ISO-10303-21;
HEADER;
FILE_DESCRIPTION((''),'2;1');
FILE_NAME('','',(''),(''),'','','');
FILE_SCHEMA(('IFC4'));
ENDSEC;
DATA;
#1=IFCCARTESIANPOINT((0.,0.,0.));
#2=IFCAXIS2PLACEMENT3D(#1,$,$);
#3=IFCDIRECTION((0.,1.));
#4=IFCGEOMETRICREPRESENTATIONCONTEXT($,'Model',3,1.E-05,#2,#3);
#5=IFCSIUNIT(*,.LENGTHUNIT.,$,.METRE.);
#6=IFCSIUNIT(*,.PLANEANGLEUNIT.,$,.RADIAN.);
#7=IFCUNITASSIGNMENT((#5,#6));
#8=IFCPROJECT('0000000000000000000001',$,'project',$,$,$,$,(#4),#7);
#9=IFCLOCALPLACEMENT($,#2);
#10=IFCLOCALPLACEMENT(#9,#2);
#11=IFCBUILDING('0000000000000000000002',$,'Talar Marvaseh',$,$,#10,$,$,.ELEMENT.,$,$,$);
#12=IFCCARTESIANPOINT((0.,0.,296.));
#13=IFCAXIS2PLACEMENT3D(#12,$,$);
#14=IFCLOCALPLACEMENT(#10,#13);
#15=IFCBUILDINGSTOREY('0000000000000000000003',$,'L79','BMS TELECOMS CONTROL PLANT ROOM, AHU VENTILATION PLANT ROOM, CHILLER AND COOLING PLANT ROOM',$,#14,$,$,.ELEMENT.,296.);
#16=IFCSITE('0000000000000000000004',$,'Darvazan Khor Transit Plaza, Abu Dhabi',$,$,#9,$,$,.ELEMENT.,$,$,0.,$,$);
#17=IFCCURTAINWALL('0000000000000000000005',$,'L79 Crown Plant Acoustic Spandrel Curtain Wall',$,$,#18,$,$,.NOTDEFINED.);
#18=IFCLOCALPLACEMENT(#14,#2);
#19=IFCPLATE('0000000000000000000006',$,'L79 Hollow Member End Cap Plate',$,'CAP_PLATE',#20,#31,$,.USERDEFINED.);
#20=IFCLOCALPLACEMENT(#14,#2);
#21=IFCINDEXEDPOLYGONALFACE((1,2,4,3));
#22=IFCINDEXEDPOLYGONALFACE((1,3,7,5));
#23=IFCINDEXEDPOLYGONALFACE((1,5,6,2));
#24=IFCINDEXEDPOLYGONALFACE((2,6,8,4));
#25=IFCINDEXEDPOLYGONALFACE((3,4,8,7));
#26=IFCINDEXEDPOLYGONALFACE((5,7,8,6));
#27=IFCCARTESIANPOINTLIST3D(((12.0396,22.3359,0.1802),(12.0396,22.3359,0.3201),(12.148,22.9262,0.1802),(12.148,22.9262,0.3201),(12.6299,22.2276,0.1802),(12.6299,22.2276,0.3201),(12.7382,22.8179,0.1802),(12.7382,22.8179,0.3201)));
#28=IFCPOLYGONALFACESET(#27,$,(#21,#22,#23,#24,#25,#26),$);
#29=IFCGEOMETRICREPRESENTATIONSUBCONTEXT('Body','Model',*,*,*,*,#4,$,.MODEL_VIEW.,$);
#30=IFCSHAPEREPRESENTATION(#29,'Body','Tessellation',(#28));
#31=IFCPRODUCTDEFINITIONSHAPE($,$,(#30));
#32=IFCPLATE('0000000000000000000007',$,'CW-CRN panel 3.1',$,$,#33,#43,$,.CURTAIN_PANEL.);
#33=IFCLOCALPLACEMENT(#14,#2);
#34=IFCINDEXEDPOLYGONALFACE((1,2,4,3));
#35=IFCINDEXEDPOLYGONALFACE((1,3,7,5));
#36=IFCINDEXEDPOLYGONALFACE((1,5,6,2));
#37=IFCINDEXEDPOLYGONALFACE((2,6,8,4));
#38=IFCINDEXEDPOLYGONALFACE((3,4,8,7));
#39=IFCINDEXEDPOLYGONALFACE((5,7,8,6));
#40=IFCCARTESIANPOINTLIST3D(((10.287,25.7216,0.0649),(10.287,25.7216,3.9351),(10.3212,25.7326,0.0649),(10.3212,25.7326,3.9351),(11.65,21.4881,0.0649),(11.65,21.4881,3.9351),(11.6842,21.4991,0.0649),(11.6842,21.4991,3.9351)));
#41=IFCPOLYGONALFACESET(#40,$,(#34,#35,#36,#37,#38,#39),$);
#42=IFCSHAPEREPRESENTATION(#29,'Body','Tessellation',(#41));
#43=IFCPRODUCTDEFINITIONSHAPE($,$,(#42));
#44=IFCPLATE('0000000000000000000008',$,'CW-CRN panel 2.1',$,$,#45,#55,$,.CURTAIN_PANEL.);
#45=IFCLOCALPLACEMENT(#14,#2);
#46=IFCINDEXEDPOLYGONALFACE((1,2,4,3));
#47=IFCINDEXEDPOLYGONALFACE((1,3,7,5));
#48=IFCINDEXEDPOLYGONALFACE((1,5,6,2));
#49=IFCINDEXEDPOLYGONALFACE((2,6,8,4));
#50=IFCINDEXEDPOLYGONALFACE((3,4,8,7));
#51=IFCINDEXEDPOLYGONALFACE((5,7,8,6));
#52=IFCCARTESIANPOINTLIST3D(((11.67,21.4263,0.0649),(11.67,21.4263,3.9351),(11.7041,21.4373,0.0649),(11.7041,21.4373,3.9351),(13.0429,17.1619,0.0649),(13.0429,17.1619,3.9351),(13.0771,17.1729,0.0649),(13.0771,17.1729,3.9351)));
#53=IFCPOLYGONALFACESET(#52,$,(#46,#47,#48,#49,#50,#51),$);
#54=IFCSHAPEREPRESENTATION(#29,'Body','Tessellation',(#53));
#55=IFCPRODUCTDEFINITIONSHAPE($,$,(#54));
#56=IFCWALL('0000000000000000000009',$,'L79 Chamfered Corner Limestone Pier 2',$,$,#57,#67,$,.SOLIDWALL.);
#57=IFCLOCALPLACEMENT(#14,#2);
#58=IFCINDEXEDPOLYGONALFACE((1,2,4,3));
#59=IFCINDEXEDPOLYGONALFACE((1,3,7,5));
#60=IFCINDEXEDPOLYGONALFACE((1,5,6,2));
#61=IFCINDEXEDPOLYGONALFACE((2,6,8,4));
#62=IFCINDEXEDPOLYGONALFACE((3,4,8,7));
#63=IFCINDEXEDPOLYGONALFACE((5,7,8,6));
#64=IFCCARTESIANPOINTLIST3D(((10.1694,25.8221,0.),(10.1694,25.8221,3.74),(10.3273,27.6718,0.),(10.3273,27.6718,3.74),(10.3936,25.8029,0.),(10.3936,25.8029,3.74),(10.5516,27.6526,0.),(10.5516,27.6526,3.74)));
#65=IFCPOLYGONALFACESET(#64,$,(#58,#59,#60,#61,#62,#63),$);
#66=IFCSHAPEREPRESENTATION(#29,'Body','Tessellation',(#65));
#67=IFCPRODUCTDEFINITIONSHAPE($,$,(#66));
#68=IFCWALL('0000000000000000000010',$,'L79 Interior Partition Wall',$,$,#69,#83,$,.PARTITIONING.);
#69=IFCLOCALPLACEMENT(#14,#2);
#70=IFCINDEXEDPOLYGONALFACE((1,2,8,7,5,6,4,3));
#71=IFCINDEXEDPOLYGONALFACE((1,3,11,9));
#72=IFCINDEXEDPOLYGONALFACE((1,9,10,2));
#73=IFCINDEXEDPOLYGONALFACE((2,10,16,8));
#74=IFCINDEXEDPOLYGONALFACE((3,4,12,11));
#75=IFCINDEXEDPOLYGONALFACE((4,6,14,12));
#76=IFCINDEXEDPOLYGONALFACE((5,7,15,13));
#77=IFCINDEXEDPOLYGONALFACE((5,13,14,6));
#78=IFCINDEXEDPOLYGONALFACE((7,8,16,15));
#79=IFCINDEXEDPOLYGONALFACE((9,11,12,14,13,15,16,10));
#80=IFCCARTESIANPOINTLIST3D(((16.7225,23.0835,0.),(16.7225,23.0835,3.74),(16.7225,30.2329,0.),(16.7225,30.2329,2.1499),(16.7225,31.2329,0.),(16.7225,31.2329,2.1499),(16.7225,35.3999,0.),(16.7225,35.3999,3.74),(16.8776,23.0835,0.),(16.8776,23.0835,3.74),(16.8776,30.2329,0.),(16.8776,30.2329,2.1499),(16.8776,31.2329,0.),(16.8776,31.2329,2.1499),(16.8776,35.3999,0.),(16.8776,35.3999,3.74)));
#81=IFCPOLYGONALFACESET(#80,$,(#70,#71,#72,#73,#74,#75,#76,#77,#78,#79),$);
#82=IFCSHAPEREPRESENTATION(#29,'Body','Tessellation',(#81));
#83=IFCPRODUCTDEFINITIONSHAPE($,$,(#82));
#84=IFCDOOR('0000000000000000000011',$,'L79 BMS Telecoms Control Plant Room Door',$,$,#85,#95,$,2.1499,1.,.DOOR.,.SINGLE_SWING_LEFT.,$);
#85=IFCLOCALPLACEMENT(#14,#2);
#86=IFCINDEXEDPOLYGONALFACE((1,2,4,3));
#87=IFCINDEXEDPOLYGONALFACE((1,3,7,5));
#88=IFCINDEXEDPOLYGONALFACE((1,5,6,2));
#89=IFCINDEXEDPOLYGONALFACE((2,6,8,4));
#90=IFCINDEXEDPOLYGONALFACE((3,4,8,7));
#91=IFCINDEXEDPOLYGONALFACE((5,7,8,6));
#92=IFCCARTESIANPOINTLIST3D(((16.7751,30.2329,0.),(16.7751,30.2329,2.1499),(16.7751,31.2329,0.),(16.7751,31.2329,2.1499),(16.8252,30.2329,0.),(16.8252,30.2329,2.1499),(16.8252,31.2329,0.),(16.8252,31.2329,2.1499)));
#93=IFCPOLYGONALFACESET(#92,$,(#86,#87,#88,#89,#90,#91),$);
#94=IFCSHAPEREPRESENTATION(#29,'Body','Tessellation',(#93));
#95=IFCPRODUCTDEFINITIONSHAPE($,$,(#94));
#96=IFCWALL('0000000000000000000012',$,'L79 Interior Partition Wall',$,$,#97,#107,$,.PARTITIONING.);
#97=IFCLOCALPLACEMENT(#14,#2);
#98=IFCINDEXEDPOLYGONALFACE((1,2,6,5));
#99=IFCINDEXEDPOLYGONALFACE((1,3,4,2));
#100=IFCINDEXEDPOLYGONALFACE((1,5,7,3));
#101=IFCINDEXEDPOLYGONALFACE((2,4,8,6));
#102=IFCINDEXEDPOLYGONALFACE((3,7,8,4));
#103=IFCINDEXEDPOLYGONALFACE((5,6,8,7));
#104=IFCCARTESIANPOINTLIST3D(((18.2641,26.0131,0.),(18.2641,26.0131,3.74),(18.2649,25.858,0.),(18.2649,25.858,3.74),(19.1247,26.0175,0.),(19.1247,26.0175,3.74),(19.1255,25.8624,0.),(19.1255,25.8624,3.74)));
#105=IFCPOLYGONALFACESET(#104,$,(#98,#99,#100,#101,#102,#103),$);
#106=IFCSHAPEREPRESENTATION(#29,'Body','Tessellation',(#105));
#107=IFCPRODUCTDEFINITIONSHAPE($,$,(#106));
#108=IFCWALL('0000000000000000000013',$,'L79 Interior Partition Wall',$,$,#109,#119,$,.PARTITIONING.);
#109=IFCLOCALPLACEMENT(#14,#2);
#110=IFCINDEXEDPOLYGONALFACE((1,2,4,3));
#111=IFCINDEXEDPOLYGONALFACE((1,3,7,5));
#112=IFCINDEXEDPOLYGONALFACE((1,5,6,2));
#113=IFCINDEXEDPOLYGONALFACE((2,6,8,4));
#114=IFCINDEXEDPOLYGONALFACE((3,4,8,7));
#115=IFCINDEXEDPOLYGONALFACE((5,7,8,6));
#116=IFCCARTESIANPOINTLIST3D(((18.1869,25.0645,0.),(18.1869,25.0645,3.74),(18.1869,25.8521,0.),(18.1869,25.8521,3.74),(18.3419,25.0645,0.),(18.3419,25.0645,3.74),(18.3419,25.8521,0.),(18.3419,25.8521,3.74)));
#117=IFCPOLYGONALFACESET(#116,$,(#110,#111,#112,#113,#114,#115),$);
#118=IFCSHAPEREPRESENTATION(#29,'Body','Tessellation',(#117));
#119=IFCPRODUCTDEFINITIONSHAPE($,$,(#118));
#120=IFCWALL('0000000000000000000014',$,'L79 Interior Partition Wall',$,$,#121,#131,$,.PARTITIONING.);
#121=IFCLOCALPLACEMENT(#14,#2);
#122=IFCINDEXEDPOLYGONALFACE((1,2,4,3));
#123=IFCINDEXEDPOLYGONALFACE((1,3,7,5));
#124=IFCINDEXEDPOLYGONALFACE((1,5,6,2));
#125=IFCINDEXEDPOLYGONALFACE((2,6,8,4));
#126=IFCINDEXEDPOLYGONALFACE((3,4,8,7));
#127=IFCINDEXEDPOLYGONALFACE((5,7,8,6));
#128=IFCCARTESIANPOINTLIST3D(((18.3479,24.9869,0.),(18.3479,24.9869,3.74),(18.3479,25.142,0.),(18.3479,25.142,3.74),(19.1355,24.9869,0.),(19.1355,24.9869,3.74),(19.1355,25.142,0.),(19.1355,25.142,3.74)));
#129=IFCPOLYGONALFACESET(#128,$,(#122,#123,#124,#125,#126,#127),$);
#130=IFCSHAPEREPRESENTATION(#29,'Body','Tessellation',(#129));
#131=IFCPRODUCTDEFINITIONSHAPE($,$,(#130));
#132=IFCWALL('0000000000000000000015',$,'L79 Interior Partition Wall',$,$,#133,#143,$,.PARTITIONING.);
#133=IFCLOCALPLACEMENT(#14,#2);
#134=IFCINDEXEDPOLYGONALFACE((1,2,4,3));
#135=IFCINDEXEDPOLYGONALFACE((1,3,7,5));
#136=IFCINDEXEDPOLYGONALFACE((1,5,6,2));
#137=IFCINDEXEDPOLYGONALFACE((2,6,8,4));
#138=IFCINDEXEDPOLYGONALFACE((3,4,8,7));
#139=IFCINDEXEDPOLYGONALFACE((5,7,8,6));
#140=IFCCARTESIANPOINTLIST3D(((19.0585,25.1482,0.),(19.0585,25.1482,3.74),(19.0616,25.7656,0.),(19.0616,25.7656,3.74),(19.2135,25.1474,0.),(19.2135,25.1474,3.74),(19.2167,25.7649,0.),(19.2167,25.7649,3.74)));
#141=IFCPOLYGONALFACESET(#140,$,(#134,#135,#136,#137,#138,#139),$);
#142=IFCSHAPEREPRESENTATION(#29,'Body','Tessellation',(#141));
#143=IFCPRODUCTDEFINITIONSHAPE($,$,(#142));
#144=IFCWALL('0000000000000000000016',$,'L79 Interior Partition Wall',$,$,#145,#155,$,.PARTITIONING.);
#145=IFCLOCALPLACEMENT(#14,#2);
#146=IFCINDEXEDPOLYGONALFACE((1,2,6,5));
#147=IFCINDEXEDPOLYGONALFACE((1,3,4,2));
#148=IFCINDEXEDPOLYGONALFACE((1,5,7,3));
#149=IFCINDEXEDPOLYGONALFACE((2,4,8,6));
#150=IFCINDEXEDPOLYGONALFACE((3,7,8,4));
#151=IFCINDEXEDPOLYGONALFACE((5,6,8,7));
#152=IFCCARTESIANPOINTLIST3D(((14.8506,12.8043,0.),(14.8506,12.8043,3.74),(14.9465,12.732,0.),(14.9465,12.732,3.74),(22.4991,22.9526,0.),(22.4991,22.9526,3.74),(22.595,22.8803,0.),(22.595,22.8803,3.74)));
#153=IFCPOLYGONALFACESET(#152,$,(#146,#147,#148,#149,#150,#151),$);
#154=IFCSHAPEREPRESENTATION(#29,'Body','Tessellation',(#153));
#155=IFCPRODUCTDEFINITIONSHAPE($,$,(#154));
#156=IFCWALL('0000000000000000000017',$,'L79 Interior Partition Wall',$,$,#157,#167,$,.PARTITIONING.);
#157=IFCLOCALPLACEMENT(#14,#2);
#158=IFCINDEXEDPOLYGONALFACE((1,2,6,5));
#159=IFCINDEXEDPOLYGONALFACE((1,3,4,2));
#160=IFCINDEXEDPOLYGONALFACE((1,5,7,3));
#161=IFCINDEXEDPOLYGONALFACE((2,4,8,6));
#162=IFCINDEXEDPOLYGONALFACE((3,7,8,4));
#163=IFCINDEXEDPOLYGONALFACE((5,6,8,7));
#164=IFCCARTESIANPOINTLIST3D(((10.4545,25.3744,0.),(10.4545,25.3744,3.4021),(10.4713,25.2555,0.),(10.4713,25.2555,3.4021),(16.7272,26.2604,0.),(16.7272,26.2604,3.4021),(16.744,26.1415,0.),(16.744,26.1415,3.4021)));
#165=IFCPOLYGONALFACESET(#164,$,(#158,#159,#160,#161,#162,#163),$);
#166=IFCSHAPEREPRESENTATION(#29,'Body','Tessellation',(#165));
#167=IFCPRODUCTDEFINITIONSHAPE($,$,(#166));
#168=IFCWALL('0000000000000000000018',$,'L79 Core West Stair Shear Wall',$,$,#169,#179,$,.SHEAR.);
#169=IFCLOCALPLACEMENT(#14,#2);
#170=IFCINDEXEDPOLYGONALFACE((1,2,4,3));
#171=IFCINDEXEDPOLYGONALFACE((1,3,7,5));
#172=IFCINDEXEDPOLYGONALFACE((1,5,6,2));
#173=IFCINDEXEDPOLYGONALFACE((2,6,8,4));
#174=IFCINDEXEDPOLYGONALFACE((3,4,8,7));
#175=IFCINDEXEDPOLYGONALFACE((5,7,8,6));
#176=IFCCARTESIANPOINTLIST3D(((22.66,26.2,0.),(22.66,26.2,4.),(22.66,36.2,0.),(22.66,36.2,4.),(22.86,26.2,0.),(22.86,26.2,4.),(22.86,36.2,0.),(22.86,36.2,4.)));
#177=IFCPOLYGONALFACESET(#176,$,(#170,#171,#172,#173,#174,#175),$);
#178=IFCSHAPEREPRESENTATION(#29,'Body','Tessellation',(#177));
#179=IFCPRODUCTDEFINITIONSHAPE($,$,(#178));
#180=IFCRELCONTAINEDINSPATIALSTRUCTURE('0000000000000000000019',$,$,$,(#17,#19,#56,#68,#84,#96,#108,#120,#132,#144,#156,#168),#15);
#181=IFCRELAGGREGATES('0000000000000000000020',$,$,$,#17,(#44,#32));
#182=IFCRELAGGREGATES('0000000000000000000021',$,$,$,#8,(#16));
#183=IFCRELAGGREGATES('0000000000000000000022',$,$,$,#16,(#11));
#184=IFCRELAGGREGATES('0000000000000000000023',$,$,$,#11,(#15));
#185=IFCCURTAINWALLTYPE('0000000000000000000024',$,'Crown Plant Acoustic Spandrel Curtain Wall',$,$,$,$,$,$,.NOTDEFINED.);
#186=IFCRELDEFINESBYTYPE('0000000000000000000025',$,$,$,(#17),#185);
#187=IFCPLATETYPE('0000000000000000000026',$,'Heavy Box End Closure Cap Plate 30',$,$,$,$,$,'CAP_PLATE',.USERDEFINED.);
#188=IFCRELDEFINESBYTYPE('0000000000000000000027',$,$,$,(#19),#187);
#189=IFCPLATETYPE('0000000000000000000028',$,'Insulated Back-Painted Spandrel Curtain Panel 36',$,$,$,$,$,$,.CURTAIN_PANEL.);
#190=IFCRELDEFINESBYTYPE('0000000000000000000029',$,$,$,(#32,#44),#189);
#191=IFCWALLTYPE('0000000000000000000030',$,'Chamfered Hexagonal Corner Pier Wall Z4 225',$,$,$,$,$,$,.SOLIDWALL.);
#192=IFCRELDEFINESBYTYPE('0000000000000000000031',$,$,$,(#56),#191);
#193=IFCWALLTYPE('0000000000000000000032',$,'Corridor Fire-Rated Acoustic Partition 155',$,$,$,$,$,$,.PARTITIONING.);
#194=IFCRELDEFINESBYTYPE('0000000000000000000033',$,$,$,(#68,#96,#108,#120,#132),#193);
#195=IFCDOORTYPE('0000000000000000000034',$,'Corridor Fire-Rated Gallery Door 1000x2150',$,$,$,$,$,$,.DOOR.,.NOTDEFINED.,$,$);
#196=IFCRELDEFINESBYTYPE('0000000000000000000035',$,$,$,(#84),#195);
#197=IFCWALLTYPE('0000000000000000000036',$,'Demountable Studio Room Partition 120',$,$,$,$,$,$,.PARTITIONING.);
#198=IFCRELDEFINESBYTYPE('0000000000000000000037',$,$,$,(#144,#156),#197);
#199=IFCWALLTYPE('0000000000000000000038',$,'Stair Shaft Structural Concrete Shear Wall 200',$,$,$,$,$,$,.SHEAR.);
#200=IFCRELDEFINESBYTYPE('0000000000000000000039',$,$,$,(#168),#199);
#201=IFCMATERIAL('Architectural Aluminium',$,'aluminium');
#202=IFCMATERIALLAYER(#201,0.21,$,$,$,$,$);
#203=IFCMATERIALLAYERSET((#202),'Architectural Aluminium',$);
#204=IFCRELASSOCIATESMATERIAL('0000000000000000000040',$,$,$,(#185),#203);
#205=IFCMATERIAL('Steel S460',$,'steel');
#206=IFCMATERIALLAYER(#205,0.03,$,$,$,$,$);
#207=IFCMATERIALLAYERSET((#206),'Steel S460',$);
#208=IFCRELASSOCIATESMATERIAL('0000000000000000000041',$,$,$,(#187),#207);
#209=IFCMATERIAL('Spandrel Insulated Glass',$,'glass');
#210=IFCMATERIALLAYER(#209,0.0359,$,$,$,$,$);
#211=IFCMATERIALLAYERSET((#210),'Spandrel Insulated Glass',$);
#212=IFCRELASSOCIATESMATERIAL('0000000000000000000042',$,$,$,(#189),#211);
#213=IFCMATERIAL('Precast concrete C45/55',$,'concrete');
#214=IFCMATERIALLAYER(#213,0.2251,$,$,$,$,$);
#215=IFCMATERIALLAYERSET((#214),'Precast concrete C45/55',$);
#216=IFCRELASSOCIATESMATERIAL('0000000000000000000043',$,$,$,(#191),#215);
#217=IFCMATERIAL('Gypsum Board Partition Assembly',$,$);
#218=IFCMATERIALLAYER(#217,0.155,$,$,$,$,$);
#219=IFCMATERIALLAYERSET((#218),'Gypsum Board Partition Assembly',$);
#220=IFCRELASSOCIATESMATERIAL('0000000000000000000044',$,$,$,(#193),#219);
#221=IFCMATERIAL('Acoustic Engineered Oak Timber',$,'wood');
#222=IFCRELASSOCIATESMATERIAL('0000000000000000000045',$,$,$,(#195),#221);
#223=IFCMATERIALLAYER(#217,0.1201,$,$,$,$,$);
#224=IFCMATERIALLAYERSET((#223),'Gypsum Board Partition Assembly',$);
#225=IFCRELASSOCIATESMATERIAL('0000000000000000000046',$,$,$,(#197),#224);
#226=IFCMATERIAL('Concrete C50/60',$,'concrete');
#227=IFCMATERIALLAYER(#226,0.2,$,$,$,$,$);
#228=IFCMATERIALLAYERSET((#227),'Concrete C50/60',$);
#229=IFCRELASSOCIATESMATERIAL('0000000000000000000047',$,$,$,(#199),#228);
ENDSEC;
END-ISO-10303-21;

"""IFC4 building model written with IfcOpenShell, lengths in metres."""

from ifc_helpers import new_model, si_unit, direction, frame, frame_2d, origin, origin_2d, place, context, subcontext, project, spatial, rectangle, extrude, source, transform, mapped, material, layer, layer_set, type_object, type_shapes, element, fill, aggregate, save


model = new_model("IFC4")

# Units and contexts
model_context = context("Model", 3, precision=1e-05, world=origin(), true_north=direction((0.0, 1.0)))
body_context = subcontext(model_context, "Body", "Model", "MODEL_VIEW")
ifc_project = project(units=[si_unit("LENGTHUNIT", "METRE"), si_unit("PLANEANGLEUNIT", "RADIAN")], contexts=[model_context])

# Site, building, storey
site_placement = place(None, origin())
site = spatial("IfcSite", under=ifc_project, at=site_placement, Name="Darvazan Khor Transit Plaza, Abu Dhabi", CompositionType="ELEMENT", RefElevation=0.0)
building_placement = place(site_placement, origin())
building = spatial("IfcBuilding", under=site, at=building_placement, Name="Talar Marvaseh", CompositionType="ELEMENT")
storey_placement = place(building_placement, frame((0.0, 0.0, 296.0)))
storey = spatial("IfcBuildingStorey", under=building, at=storey_placement, Name="L79", Description="BMS TELECOMS CONTROL PLANT ROOM, AHU VENTILATION PLANT ROOM, CHILLER AND COOLING PLANT ROOM", CompositionType="ELEMENT", Elevation=296.0)

# Shared definitions
ifc_material_1 = material(Name="Steel S460", Category="steel")
ifc_material_2 = material(Name="Concrete C50/60", Category="concrete")

# Curtain wall
ifc_material_3 = material(Name="Architectural Aluminium", Category="aluminium")
ifc_layer_1 = layer(ifc_material_3, 0.21)
ifc_layer_set_1 = layer_set([ifc_layer_1], Name="Architectural Aluminium")
curtain_wall_type = type_object("IfcCurtainWallType", Name="Crown Plant Acoustic Spandrel Curtain Wall", PredefinedType="NOTDEFINED", material=ifc_layer_set_1)
curtain_wall_placement = place(storey_placement, origin())
curtain_wall = element("IfcCurtainWall", 1, at=curtain_wall_placement, inside=storey, type_object=curtain_wall_type, Name="L79 Crown Plant Acoustic Spandrel Curtain Wall", PredefinedType="NOTDEFINED")

# Plates
ifc_layer_2 = layer(ifc_material_1, 0.03)
ifc_layer_set_2 = layer_set([ifc_layer_2], Name="Steel S460")
plate_type_1 = type_object("IfcPlateType", Name="Heavy Box End Closure Cap Plate 30", ElementType="CAP_PLATE", PredefinedType="USERDEFINED", material=ifc_layer_set_2)
shared_shape_1 = source(origin(), body_context, "Body", "SweptSolid", [
    extrude(rectangle(XDim=0.6001, YDim=0.6001, at=origin_2d()), origin(), (0.0, 0.0, 1.0), 0.1399),
])
type_shapes(plate_type_1, [shared_shape_1])
plate_1_placement = place(storey_placement, frame((12.3889, 22.5769, 0.1802), z_axis=(0.0, 0.0, 1.0), x_axis=(0.180519, 0.983571, 0.0)))
element("IfcPlate", 2, at=plate_1_placement, inside=storey, type_object=plate_type_1, Name="L79 Hollow Member End Cap Plate", ObjectType="CAP_PLATE", PredefinedType="USERDEFINED", context=body_context, shape_type="MappedRepresentation", body=[
    mapped(shared_shape_1, transform((0.0, 0.0, 0.0), x_axis=(1.0, 0.0, 0.0), y_axis=(0.0, 1.0, 0.0), z_axis=(0.0, 0.0, 1.0), scale=1.0)),
])
ifc_material_4 = material(Name="Spandrel Insulated Glass", Category="glass")
ifc_layer_3 = layer(ifc_material_4, 0.0359)
ifc_layer_set_3 = layer_set([ifc_layer_3], Name="Spandrel Insulated Glass")
plate_type_2 = type_object("IfcPlateType", Name="Insulated Back-Painted Spandrel Curtain Panel 36", PredefinedType="CURTAIN_PANEL", material=ifc_layer_set_3)
shared_shape_2 = source(origin(), body_context, "Body", "SweptSolid", [
    extrude(rectangle(XDim=4.4475, YDim=0.0359, at=origin_2d()), origin(), (0.0, 0.0, 1.0), 3.8701),
])
plate_2_placement = place(storey_placement, frame((10.9856, 23.6104, 0.0649), z_axis=(0.0, 0.0, 1.0), x_axis=(-0.306468, 0.951881, 0.0)))
plate_2 = element("IfcPlate", 3, at=plate_2_placement, type_object=plate_type_2, Name="CW-CRN panel 3.1", PredefinedType="CURTAIN_PANEL", context=body_context, shape_type="MappedRepresentation", body=[
    mapped(shared_shape_2, transform((0.0, 0.0, 0.0), x_axis=(1.0, 0.0, 0.0), y_axis=(0.0, 1.0, 0.0), z_axis=(0.0, 0.0, 1.0), scale=1.0)),
])
shared_shape_3 = source(origin(), body_context, "Body", "SweptSolid", [
    extrude(rectangle(XDim=4.48, YDim=0.0359, at=origin_2d()), origin(), (0.0, 0.0, 1.0), 3.8701),
])
type_shapes(plate_type_2, [shared_shape_2, shared_shape_3])
plate_3_placement = place(storey_placement, frame((12.3735, 19.2996, 0.0649), z_axis=(0.0, 0.0, 1.0), x_axis=(-0.306468, 0.951881, 0.0)))
plate_3 = element("IfcPlate", 4, at=plate_3_placement, type_object=plate_type_2, Name="CW-CRN panel 2.1", PredefinedType="CURTAIN_PANEL", context=body_context, shape_type="MappedRepresentation", body=[
    mapped(shared_shape_3, transform((0.0, 0.0, 0.0), x_axis=(1.0, 0.0, 0.0), y_axis=(0.0, 1.0, 0.0), z_axis=(0.0, 0.0, 1.0), scale=1.0)),
])
aggregate(curtain_wall, [plate_3, plate_2])

# Wall
ifc_material_5 = material(Name="Precast concrete C45/55", Category="concrete")
ifc_layer_4 = layer(ifc_material_5, 0.2251)
ifc_layer_set_4 = layer_set([ifc_layer_4], Name="Precast concrete C45/55")
wall_type_1 = type_object("IfcWallType", Name="Chamfered Hexagonal Corner Pier Wall Z4 225", PredefinedType="SOLIDWALL", material=ifc_layer_set_4)
wall_1_placement = place(storey_placement, frame((10.2815, 25.8125, 0.0), z_axis=(0.0, 0.0, 1.0), x_axis=(0.085092, 0.996373, 0.0)))
element("IfcWall", 5, at=wall_1_placement, inside=storey, type_object=wall_type_1, Name="L79 Chamfered Corner Limestone Pier 2", PredefinedType="SOLIDWALL", context=body_context, shape_type="SweptSolid", body=[
    extrude(rectangle(XDim=1.8564, YDim=0.2251, at=frame_2d((0.9282, 0.0))), origin(), (0.0, 0.0, 1.0), 3.74),
])

# Wall, opening, door
ifc_material_6 = material(Name="Gypsum Board Partition Assembly")
ifc_layer_5 = layer(ifc_material_6, 0.155)
ifc_layer_set_5 = layer_set([ifc_layer_5], Name="Gypsum Board Partition Assembly")
wall_type_2 = type_object("IfcWallType", Name="Corridor Fire-Rated Acoustic Partition 155", PredefinedType="PARTITIONING", material=ifc_layer_set_5)
wall_2_placement = place(storey_placement, frame((16.8, 23.0835, 0.0), z_axis=(0.0, 0.0, 1.0), x_axis=(0.0, 1.0, 0.0)))
wall_2 = element("IfcWall", 6, at=wall_2_placement, inside=storey, type_object=wall_type_2, Name="L79 Interior Partition Wall", PredefinedType="PARTITIONING", context=body_context, shape_type="SweptSolid", body=[
    extrude(rectangle(XDim=12.3164, YDim=0.155, at=frame_2d((6.1582, 0.0))), origin(), (0.0, 0.0, 1.0), 3.74),
])
opening_placement = place(wall_2_placement, frame((7.1494, 0.0, 0.0)))
opening = element("IfcOpeningElement", 7, at=opening_placement, cuts=wall_2, PredefinedType="OPENING", context=body_context, shape_type="SweptSolid", body=[
    extrude(rectangle(XDim=1.0, YDim=2.1499, at=frame_2d((0.5, 1.075))), frame((0.0, 0.0874, 0.0), z_axis=(0.0, -1.0, 0.0), x_axis=(1.0, 0.0, 0.0)), (0.0, 0.0, 1.0), 0.175),
])
ifc_material_7 = material(Name="Acoustic Engineered Oak Timber", Category="wood")
door_type = type_object("IfcDoorType", Name="Corridor Fire-Rated Gallery Door 1000x2150", OperationType="NOTDEFINED", PredefinedType="DOOR", material=ifc_material_7)
shared_shape_4 = source(origin(), body_context, "Body", "SweptSolid", [
    extrude(rectangle(XDim=1.0, YDim=2.1499, at=frame_2d((0.5, 1.075))), frame((0.0, 0.0249, 0.0), z_axis=(0.0, -1.0, 0.0), x_axis=(1.0, 0.0, 0.0)), (0.0, 0.0, 1.0), 0.05),
])
type_shapes(door_type, [shared_shape_4])
door_placement = place(opening_placement, origin())
door = element("IfcDoor", 8, at=door_placement, inside=storey, type_object=door_type, Name="L79 BMS Telecoms Control Plant Room Door", OperationType="SINGLE_SWING_LEFT", OverallHeight=2.1499, OverallWidth=1.0, PredefinedType="DOOR", context=body_context, shape_type="MappedRepresentation", body=[
    mapped(shared_shape_4, transform((0.0, 0.0, 0.0), x_axis=(1.0, 0.0, 0.0), y_axis=(0.0, 1.0, 0.0), z_axis=(0.0, 0.0, 1.0), scale=1.0)),
])
fill(opening, door)

# Walls
wall_3_placement = place(storey_placement, frame((19.125, 25.9399, 0.0), z_axis=(0.0, 0.0, 1.0), x_axis=(-0.999987, -0.005106, 0.0)))
element("IfcWall", 9, at=wall_3_placement, inside=storey, type_object=wall_type_2, Name="L79 Interior Partition Wall", PredefinedType="PARTITIONING", context=body_context, shape_type="SweptSolid", body=[
    extrude(rectangle(XDim=0.8606, YDim=0.155, at=frame_2d((0.4302, 0.0))), origin(), (0.0, 0.0, 1.0), 3.74),
])
for number, where, z_axis, x_axis, name in (
    (10, (18.2644, 25.8521, 0.0), (0.0, 0.0, 1.0), (0.0, -1.0, 0.0), "L79 Interior Partition Wall"),
    (11, (18.3479, 25.0645, 0.0), (0.0, 0.0, 1.0), (1.0, 0.0, 0.0), "L79 Interior Partition Wall"),
):
    element("IfcWall", number, at=place(storey_placement, frame(where, z_axis=z_axis, x_axis=x_axis)), inside=storey, type_object=wall_type_2, Name=name, PredefinedType="PARTITIONING", context=body_context, shape_type="SweptSolid", body=[
        extrude(rectangle(XDim=0.7876, YDim=0.155, at=frame_2d((0.3938, 0.0))), origin(), (0.0, 0.0, 1.0), 3.74),
    ])
wall_4_placement = place(storey_placement, frame((19.136, 25.1479, 0.0), z_axis=(0.0, 0.0, 1.0), x_axis=(0.00514, 0.999987, 0.0)))
element("IfcWall", 12, at=wall_4_placement, inside=storey, type_object=wall_type_2, Name="L79 Interior Partition Wall", PredefinedType="PARTITIONING", context=body_context, shape_type="SweptSolid", body=[
    extrude(rectangle(XDim=0.6174, YDim=0.155, at=frame_2d((0.3086, 0.0))), origin(), (0.0, 0.0, 1.0), 3.74),
])
ifc_layer_6 = layer(ifc_material_6, 0.1201)
ifc_layer_set_6 = layer_set([ifc_layer_6], Name="Gypsum Board Partition Assembly")
wall_type_3 = type_object("IfcWallType", Name="Demountable Studio Room Partition 120", PredefinedType="PARTITIONING", material=ifc_layer_set_6)
wall_5_placement = place(storey_placement, frame((22.5471, 22.9165, 0.0), z_axis=(0.0, 0.0, 1.0), x_axis=(-0.601877, -0.798589, 0.0)))
element("IfcWall", 13, at=wall_5_placement, inside=storey, type_object=wall_type_3, Name="L79 Interior Partition Wall", PredefinedType="PARTITIONING", context=body_context, shape_type="SweptSolid", body=[
    extrude(rectangle(XDim=12.7078, YDim=0.1201, at=frame_2d((6.354, 0.0))), origin(), (0.0, 0.0, 1.0), 3.74),
])
wall_6_placement = place(storey_placement, frame((10.4629, 25.3149, 0.0), z_axis=(0.0, 0.0, 1.0), x_axis=(0.990172, 0.139857, 0.0)))
element("IfcWall", 14, at=wall_6_placement, inside=storey, type_object=wall_type_3, Name="L79 Interior Partition Wall", PredefinedType="PARTITIONING", context=body_context, shape_type="SweptSolid", body=[
    extrude(rectangle(XDim=6.335, YDim=0.1201, at=frame_2d((3.1675, 0.0))), origin(), (0.0, 0.0, 1.0), 3.4021),
])
ifc_layer_7 = layer(ifc_material_2, 0.2)
ifc_layer_set_7 = layer_set([ifc_layer_7], Name="Concrete C50/60")
wall_type_4 = type_object("IfcWallType", Name="Stair Shaft Structural Concrete Shear Wall 200", PredefinedType="SHEAR", material=ifc_layer_set_7)
wall_7_placement = place(storey_placement, frame((22.76, 26.2, 0.0), z_axis=(0.0, 0.0, 1.0), x_axis=(0.0, 1.0, 0.0)))
element("IfcWall", 15, at=wall_7_placement, inside=storey, type_object=wall_type_4, Name="L79 Core West Stair Shear Wall", PredefinedType="SHEAR", context=body_context, shape_type="SweptSolid", body=[
    extrude(rectangle(XDim=10.0, YDim=0.2, at=frame_2d((5.0, 0.0))), origin(), (0.0, 0.0, 1.0), 4.0),
])

save(model, "model.ifc")
